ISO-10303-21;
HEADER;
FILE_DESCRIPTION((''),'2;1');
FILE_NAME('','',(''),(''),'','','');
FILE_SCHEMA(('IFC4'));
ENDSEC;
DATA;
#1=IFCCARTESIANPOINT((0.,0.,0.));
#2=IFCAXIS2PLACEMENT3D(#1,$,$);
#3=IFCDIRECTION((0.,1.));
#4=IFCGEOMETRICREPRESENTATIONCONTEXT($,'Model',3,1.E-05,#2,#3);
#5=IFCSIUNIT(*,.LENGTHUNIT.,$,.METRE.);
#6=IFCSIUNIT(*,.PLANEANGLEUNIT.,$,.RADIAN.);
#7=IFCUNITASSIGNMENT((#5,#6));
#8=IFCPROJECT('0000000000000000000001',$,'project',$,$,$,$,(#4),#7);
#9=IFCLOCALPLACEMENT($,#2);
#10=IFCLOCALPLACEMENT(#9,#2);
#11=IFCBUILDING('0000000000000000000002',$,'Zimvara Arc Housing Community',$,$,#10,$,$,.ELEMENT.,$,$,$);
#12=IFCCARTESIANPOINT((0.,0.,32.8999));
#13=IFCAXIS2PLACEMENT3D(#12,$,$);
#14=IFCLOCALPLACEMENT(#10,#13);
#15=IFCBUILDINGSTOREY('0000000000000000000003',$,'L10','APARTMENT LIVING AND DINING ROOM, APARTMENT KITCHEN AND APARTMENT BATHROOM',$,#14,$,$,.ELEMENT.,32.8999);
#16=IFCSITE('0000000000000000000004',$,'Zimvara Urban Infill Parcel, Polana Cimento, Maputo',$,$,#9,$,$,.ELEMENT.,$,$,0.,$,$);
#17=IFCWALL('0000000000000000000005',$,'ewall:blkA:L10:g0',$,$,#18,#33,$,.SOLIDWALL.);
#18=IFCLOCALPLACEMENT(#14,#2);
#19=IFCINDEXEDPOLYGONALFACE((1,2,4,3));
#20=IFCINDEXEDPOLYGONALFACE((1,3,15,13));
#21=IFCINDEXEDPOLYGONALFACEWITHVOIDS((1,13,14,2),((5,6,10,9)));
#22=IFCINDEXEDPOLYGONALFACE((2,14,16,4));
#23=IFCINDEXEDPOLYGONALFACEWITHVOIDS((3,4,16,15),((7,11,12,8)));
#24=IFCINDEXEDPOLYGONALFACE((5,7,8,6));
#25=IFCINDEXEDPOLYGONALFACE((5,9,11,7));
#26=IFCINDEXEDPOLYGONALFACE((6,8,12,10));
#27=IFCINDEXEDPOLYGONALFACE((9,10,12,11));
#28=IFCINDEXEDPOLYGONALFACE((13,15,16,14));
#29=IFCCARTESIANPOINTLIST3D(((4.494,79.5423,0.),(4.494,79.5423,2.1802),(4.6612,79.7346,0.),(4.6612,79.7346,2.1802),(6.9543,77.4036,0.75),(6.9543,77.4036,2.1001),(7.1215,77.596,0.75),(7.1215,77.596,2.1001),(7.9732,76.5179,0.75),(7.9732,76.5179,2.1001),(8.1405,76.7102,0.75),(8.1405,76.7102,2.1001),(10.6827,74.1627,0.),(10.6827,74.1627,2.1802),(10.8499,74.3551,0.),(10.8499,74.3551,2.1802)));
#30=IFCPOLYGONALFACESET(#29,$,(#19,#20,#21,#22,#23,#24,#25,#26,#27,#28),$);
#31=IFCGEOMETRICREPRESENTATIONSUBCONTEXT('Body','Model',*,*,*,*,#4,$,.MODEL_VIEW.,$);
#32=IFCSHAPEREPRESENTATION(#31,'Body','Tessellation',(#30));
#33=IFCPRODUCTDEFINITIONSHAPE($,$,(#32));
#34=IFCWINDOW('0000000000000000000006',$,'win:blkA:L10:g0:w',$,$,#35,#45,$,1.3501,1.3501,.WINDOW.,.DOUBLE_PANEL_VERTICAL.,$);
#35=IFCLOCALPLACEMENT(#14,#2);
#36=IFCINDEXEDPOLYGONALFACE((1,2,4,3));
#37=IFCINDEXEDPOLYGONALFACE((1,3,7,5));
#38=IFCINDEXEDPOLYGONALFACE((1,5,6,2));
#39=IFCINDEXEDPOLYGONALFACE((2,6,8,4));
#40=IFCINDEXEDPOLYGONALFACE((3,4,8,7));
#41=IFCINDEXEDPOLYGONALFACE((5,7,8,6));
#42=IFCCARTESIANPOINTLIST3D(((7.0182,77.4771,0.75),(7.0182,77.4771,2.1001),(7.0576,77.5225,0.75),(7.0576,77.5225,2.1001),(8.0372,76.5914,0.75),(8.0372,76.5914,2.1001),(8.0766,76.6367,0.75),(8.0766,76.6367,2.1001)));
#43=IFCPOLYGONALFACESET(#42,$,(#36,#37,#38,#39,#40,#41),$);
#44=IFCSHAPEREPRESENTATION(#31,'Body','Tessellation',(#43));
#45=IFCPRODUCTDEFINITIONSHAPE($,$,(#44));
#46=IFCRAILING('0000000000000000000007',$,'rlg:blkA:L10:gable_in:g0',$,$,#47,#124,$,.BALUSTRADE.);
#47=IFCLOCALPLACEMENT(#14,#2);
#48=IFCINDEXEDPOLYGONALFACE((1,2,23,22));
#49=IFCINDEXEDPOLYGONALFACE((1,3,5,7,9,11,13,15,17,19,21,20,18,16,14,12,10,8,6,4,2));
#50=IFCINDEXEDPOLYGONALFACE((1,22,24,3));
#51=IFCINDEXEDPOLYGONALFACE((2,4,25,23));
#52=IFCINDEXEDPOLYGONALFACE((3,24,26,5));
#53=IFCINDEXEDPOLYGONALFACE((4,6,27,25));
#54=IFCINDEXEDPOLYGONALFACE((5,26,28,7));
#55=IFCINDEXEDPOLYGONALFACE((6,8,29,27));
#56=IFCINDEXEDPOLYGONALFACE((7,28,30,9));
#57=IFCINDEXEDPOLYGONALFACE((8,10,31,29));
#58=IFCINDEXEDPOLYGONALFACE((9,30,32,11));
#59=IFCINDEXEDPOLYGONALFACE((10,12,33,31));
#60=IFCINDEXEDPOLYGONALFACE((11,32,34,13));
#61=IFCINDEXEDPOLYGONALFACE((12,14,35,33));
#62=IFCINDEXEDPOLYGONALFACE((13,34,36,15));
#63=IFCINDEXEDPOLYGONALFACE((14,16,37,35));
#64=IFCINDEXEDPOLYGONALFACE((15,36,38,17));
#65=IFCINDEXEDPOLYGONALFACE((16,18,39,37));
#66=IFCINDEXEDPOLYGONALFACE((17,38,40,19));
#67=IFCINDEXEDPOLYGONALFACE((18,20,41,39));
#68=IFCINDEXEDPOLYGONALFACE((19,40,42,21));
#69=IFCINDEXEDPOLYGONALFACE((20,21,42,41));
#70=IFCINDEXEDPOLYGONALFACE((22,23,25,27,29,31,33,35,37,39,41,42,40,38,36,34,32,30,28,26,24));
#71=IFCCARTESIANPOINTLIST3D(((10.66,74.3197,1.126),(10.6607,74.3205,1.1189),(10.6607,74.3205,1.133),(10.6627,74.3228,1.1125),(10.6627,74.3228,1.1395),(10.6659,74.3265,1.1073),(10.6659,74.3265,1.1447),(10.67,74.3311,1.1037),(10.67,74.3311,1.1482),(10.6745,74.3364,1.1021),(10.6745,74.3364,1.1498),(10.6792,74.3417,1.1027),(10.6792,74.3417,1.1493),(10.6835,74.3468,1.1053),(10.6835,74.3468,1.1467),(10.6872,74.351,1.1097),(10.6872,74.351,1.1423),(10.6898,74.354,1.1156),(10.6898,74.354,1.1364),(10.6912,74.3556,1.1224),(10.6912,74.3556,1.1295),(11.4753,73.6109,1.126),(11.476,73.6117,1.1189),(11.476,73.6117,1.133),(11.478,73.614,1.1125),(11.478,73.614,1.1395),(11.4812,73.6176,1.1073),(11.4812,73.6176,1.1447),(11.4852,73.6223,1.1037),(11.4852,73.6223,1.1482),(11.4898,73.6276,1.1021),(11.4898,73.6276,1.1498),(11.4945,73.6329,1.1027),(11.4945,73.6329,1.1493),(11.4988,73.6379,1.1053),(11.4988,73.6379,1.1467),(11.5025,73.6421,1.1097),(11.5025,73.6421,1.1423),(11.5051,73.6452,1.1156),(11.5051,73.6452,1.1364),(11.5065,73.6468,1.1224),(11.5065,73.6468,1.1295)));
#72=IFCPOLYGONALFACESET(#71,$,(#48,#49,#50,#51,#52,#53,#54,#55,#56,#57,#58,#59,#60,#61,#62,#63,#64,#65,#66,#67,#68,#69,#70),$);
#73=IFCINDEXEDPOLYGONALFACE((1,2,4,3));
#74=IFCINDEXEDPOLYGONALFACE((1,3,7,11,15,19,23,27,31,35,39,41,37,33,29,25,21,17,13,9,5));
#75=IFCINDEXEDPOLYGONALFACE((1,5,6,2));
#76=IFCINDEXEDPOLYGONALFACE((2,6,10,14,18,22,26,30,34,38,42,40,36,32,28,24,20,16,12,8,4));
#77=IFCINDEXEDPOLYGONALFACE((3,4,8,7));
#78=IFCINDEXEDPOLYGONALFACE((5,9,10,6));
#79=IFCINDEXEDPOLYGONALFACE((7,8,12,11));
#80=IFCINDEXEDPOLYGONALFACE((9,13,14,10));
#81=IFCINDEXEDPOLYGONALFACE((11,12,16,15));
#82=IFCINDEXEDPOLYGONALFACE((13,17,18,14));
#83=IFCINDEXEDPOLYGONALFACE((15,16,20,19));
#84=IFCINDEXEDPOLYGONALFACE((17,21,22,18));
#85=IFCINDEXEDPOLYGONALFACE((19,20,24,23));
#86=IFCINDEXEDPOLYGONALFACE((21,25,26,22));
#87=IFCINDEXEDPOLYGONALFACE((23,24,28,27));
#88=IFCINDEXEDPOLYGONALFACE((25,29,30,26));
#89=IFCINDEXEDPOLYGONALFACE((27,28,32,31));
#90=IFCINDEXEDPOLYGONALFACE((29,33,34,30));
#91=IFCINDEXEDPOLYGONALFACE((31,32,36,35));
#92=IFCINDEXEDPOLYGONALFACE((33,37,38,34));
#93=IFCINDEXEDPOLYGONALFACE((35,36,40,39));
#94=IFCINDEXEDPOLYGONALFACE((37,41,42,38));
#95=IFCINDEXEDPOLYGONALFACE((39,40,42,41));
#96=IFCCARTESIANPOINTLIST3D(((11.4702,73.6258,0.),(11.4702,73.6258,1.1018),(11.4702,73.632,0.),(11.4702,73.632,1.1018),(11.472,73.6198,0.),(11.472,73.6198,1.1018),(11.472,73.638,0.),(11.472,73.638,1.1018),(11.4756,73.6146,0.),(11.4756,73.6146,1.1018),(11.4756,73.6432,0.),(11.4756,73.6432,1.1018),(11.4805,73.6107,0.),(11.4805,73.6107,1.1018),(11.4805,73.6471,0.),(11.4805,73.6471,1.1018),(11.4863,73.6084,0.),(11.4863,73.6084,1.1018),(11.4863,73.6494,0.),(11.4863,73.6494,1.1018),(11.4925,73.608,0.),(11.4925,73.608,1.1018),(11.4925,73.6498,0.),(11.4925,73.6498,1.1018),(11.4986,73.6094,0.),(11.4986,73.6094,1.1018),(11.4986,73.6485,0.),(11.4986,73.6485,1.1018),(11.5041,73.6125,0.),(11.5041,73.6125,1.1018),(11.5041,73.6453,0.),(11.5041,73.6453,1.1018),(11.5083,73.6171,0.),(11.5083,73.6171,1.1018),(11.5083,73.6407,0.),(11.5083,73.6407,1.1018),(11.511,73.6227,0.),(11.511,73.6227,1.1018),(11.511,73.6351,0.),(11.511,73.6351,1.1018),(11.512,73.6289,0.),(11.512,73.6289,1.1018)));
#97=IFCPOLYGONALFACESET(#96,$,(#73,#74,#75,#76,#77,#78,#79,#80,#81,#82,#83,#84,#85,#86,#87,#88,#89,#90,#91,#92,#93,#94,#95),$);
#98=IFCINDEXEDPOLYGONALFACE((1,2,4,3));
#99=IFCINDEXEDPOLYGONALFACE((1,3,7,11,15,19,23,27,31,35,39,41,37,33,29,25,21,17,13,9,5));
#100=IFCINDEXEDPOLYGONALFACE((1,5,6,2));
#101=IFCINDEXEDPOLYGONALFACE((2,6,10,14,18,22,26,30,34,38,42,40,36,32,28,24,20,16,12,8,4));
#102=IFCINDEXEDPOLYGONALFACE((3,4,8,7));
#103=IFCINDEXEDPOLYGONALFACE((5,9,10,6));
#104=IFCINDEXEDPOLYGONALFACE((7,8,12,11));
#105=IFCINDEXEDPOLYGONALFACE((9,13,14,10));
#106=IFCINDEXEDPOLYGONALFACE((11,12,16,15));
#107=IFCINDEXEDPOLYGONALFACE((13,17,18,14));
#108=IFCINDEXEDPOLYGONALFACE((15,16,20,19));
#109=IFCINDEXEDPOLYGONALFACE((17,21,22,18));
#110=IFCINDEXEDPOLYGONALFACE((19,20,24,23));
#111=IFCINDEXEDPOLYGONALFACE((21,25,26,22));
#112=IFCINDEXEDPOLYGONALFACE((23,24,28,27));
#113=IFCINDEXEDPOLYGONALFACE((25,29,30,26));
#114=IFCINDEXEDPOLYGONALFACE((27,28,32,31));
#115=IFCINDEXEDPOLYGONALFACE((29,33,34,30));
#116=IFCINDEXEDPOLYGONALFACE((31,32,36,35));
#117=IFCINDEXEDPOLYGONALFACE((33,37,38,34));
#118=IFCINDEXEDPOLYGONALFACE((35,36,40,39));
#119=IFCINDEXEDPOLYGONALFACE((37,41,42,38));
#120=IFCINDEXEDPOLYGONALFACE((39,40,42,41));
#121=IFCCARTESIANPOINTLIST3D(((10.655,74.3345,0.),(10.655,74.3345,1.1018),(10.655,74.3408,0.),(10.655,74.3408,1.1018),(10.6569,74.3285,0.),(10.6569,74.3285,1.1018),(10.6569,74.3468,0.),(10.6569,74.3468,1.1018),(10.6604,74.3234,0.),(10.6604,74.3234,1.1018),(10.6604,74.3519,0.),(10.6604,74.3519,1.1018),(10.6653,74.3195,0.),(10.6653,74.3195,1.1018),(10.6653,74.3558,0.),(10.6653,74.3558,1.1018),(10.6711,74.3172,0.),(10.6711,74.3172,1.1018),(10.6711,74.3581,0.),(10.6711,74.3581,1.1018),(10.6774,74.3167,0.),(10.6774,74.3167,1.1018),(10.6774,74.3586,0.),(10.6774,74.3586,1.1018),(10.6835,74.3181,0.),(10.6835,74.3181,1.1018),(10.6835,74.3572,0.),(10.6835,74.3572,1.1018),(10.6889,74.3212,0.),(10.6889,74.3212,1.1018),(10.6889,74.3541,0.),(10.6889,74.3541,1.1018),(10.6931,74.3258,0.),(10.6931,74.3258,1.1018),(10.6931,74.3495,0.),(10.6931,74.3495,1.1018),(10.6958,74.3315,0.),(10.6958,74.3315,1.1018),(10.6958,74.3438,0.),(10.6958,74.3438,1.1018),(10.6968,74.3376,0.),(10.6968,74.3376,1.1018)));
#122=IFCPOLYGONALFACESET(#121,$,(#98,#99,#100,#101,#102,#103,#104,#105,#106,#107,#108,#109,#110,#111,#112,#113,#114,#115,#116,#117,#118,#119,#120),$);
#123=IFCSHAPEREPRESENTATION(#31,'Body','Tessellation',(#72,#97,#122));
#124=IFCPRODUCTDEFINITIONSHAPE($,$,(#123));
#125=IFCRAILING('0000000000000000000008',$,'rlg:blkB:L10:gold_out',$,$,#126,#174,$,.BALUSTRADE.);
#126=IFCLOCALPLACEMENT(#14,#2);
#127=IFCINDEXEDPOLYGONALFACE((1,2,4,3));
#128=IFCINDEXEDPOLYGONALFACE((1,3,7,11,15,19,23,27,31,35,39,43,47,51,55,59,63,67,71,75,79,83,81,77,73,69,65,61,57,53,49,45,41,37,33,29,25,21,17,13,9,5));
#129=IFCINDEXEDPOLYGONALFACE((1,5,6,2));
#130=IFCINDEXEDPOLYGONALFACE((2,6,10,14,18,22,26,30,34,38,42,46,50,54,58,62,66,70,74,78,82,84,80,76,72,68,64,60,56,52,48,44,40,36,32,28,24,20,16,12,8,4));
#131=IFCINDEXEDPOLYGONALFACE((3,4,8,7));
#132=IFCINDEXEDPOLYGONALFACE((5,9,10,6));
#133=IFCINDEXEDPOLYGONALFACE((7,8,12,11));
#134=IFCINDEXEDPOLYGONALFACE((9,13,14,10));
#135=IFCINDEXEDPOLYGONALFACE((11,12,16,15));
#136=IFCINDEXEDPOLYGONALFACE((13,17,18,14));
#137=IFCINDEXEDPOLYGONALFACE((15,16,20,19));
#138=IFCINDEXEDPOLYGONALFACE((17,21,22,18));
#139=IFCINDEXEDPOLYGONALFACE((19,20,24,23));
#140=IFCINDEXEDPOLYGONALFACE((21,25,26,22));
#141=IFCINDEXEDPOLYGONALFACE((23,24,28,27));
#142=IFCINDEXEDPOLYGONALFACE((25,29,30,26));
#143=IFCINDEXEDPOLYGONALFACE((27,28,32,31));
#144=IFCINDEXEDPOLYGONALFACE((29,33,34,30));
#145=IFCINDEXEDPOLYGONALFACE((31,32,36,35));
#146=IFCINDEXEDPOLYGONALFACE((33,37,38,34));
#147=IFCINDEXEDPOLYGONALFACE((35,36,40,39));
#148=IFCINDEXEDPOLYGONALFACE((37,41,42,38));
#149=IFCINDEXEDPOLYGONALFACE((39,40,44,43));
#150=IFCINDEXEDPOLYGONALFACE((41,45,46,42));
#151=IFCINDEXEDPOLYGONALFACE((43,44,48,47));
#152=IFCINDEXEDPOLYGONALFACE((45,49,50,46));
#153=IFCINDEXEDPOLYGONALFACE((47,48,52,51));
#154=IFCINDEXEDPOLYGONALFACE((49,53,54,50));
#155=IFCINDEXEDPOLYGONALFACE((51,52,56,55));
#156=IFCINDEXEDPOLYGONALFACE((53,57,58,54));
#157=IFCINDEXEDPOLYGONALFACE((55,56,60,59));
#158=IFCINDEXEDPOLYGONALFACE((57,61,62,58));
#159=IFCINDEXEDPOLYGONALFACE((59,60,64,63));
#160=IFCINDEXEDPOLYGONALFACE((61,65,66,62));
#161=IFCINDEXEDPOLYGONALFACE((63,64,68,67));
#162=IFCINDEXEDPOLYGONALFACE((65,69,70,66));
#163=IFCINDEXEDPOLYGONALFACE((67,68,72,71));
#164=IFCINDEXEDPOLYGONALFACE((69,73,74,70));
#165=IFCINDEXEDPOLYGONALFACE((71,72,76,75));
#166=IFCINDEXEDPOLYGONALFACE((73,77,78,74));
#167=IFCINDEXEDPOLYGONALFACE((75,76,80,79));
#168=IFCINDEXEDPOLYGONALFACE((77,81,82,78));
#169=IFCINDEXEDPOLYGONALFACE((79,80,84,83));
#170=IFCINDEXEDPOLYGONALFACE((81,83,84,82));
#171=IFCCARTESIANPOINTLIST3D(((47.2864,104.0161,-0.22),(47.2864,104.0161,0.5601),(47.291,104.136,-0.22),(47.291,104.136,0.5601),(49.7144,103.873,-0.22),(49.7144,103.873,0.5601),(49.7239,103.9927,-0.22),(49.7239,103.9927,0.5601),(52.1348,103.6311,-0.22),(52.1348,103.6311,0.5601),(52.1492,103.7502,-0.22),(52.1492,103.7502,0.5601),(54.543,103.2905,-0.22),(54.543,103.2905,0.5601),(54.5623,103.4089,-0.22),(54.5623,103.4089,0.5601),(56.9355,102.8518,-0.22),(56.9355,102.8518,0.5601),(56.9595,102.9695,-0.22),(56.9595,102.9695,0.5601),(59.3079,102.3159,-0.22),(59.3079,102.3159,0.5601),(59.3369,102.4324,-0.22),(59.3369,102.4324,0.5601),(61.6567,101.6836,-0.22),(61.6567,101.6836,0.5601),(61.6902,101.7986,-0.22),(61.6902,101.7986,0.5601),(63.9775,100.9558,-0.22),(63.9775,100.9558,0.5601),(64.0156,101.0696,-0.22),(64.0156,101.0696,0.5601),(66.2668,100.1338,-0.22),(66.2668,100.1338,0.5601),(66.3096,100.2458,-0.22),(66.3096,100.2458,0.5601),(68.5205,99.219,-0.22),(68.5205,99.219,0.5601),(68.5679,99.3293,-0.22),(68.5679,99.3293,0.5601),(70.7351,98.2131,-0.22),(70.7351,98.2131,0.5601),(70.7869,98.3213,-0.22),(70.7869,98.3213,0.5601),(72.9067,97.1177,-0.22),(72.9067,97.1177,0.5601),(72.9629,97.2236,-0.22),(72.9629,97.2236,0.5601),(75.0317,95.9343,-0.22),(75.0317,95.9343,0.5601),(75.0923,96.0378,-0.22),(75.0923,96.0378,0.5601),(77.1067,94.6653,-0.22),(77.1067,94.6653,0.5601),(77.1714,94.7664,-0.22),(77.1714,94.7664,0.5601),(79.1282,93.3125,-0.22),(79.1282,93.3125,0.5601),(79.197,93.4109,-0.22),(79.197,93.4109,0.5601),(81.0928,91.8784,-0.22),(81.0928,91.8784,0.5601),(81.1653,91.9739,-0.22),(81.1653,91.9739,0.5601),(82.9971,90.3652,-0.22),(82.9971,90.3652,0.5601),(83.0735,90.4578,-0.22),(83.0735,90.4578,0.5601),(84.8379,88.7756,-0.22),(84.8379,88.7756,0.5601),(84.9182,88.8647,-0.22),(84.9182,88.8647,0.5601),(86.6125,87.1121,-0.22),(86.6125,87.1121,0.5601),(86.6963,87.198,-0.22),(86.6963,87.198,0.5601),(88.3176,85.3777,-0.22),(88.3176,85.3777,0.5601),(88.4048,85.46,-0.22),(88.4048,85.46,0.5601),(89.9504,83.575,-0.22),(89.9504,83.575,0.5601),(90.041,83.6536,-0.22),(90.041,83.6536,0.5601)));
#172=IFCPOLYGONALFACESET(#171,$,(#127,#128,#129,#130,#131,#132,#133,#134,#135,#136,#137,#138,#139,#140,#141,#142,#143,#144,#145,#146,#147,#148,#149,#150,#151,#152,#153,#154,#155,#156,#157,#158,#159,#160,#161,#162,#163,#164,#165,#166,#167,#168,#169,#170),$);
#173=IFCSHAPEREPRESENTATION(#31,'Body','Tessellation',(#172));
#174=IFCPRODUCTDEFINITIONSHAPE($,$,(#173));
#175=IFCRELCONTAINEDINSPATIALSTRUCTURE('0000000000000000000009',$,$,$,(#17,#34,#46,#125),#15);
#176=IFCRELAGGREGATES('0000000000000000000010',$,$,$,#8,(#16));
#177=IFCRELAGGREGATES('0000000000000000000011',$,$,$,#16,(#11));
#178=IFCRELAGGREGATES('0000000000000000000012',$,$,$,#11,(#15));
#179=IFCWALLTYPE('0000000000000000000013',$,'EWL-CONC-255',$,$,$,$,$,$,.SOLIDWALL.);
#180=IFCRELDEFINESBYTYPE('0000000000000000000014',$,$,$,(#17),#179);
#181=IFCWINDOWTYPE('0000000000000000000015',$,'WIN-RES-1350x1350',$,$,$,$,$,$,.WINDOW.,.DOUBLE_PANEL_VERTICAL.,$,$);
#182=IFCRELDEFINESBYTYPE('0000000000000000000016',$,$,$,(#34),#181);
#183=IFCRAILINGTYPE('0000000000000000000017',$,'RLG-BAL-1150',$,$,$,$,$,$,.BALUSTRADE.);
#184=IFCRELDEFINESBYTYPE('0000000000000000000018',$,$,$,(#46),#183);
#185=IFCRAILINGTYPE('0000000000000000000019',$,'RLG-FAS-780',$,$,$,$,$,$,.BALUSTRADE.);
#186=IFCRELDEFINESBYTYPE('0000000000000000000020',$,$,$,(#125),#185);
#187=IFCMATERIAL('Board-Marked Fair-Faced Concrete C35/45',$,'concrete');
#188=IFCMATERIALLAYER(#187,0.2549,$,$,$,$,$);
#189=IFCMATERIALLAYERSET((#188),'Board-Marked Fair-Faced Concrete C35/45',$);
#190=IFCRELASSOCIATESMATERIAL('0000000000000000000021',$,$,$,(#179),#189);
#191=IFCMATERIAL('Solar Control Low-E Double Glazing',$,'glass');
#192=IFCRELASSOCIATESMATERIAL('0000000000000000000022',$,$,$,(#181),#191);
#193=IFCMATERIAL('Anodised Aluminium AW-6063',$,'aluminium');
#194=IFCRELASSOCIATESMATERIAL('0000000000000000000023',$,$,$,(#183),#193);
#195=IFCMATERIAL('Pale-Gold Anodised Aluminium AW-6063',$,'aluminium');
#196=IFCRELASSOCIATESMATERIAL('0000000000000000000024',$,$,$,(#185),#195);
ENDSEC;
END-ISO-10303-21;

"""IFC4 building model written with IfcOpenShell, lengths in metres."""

from ifc_helpers import new_model, si_unit, direction, frame, frame_2d, origin, origin_2d, place, context, subcontext, project, spatial, polyline, rectangle, circle, outline, extrude, material, layer, layer_set, type_object, element, fill, save


model = new_model("IFC4")

# Units and contexts
model_context = context("Model", 3, precision=1e-05, world=origin(), true_north=direction((0.0, 1.0)))
body_context = subcontext(model_context, "Body", "Model", "MODEL_VIEW")
ifc_project = project(units=[si_unit("LENGTHUNIT", "METRE"), si_unit("PLANEANGLEUNIT", "RADIAN")], contexts=[model_context])

# Site, building, storey
site_placement = place(None, origin())
site = spatial("IfcSite", under=ifc_project, at=site_placement, Name="Zimvara Urban Infill Parcel, Polana Cimento, Maputo", CompositionType="ELEMENT", RefElevation=0.0)
building_placement = place(site_placement, origin())
building = spatial("IfcBuilding", under=site, at=building_placement, Name="Zimvara Arc Housing Community", CompositionType="ELEMENT")
storey_placement = place(building_placement, frame((0.0, 0.0, 32.8999)))
storey = spatial("IfcBuildingStorey", under=building, at=storey_placement, Name="L10", Description="APARTMENT LIVING AND DINING ROOM, APARTMENT KITCHEN AND APARTMENT BATHROOM", CompositionType="ELEMENT", Elevation=32.8999)

# Wall, opening, window
ifc_material_1 = material(Name="Board-Marked Fair-Faced Concrete C35/45", Category="concrete")
ifc_layer_1 = layer(ifc_material_1, 0.2549)
ifc_layer_set_1 = layer_set([ifc_layer_1], Name="Board-Marked Fair-Faced Concrete C35/45")
wall_type = type_object("IfcWallType", Name="EWL-CONC-255", PredefinedType="SOLIDWALL", material=ifc_layer_set_1)
wall_placement = place(storey_placement, frame((10.7664, 74.2588, 0.0), z_axis=(0.0, 0.0, 1.0), x_axis=(-0.754718, 0.65605, 0.0)))
wall = element("IfcWall", 1, at=wall_placement, inside=storey, type_object=wall_type, Name="ewall:blkA:L10:g0", PredefinedType="SOLIDWALL", context=body_context, shape_type="SweptSolid", body=[
    extrude(rectangle(XDim=8.2, YDim=0.2549, at=frame_2d((4.1001, 0.0))), origin(), (0.0, 0.0, 1.0), 2.1802),
])
opening_placement = place(wall_placement, frame((3.5901, 0.0, 0.75)))
opening = element("IfcOpeningElement", 2, at=opening_placement, cuts=wall, PredefinedType="OPENING", context=body_context, shape_type="SweptSolid", body=[
    extrude(rectangle(XDim=1.3501, YDim=1.3501, at=frame_2d((0.675, 0.675))), frame((0.0, 0.1375, 0.0), z_axis=(0.0, -1.0, 0.0), x_axis=(1.0, 0.0, 0.0)), (0.0, 0.0, 1.0), 0.2749),
])
ifc_material_2 = material(Name="Solar Control Low-E Double Glazing", Category="glass")
window_type = type_object("IfcWindowType", Name="WIN-RES-1350x1350", PartitioningType="DOUBLE_PANEL_VERTICAL", PredefinedType="WINDOW", material=ifc_material_2)
window_placement = place(opening_placement, origin())
window = element("IfcWindow", 3, at=window_placement, inside=storey, type_object=window_type, Name="win:blkA:L10:g0:w", OverallHeight=1.3501, OverallWidth=1.3501, PartitioningType="DOUBLE_PANEL_VERTICAL", PredefinedType="WINDOW", context=body_context, shape_type="SweptSolid", body=[
    extrude(rectangle(XDim=1.3501, YDim=1.3501, at=frame_2d((0.675, 0.675))), frame((0.0, 0.03, 0.0), z_axis=(0.0, -1.0, 0.0), x_axis=(1.0, 0.0, 0.0)), (0.0, 0.0, 1.0), 0.0601),
])
fill(opening, window)

# Railings
ifc_material_3 = material(Name="Anodised Aluminium AW-6063", Category="aluminium")
railing_type_1 = type_object("IfcRailingType", Name="RLG-BAL-1150", PredefinedType="BALUSTRADE", material=ifc_material_3)
railing_1_placement = place(storey_placement, frame((11.491, 73.6289, 0.0)))
element("IfcRailing", 4, at=railing_1_placement, inside=storey, type_object=railing_type_1, Name="rlg:blkA:L10:gable_in:g0", PredefinedType="BALUSTRADE", context=body_context, shape_type="SweptSolid", body=[
    extrude(circle(Radius=0.0239, at=origin_2d()), frame((0.0, 0.0, 1.126), z_axis=(-0.754659, 0.656117, 0.0), x_axis=(-0.656117, -0.754659, 0.0)), (0.0, 0.0, 1.0), 1.0803),
    extrude(circle(Radius=0.021, at=origin_2d()), origin(), (0.0, 0.0, 1.0), 1.1018),
    extrude(circle(Radius=0.021, at=origin_2d()), frame((-0.8152, 0.7087, 0.0)), (0.0, 0.0, 1.0), 1.1018),
])
ifc_material_4 = material(Name="Pale-Gold Anodised Aluminium AW-6063", Category="aluminium")
railing_type_2 = type_object("IfcRailingType", Name="RLG-FAS-780", PredefinedType="BALUSTRADE", material=ifc_material_4)
railing_2_placement = place(storey_placement, frame((0.0, 0.0, -0.22)))
element("IfcRailing", 5, at=railing_2_placement, inside=storey, type_object=railing_type_2, Name="rlg:blkB:L10:gold_out", PredefinedType="BALUSTRADE", context=body_context, shape_type="SweptSolid", body=[
    extrude(outline(polyline([(47.2864, 104.0161), (49.7144, 103.873), (52.1348, 103.6311), (54.543, 103.2905), (56.9355, 102.8518), (59.3079, 102.3159), (61.6567, 101.6836), (63.9775, 100.9558), (66.2668, 100.1338), (68.5205, 99.219), (70.7351, 98.2131), (72.9067, 97.1177), (75.0317, 95.9343), (77.1067, 94.6653), (79.1282, 93.3125), (81.0928, 91.8784), (82.9971, 90.3652), (84.8379, 88.7756), (86.6125, 87.1121), (88.3176, 85.3777), (89.9504, 83.575), (90.041, 83.6536), (88.4048, 85.46), (86.6963, 87.198), (84.9182, 88.8647), (83.0735, 90.4578), (81.1653, 91.9739), (79.197, 93.4109), (77.1714, 94.7664), (75.0923, 96.0378), (72.9629, 97.2236), (70.7869, 98.3213), (68.5679, 99.3293), (66.3096, 100.2458), (64.0156, 101.0696), (61.6902, 101.7986), (59.3369, 102.4324), (56.9595, 102.9695), (54.5623, 103.4089), (52.1492, 103.7502), (49.7239, 103.9927), (47.291, 104.136), (47.2864, 104.0161)])), origin(), (0.0, 0.0, 1.0), 0.78),
])

save(model, "model.ifc")
